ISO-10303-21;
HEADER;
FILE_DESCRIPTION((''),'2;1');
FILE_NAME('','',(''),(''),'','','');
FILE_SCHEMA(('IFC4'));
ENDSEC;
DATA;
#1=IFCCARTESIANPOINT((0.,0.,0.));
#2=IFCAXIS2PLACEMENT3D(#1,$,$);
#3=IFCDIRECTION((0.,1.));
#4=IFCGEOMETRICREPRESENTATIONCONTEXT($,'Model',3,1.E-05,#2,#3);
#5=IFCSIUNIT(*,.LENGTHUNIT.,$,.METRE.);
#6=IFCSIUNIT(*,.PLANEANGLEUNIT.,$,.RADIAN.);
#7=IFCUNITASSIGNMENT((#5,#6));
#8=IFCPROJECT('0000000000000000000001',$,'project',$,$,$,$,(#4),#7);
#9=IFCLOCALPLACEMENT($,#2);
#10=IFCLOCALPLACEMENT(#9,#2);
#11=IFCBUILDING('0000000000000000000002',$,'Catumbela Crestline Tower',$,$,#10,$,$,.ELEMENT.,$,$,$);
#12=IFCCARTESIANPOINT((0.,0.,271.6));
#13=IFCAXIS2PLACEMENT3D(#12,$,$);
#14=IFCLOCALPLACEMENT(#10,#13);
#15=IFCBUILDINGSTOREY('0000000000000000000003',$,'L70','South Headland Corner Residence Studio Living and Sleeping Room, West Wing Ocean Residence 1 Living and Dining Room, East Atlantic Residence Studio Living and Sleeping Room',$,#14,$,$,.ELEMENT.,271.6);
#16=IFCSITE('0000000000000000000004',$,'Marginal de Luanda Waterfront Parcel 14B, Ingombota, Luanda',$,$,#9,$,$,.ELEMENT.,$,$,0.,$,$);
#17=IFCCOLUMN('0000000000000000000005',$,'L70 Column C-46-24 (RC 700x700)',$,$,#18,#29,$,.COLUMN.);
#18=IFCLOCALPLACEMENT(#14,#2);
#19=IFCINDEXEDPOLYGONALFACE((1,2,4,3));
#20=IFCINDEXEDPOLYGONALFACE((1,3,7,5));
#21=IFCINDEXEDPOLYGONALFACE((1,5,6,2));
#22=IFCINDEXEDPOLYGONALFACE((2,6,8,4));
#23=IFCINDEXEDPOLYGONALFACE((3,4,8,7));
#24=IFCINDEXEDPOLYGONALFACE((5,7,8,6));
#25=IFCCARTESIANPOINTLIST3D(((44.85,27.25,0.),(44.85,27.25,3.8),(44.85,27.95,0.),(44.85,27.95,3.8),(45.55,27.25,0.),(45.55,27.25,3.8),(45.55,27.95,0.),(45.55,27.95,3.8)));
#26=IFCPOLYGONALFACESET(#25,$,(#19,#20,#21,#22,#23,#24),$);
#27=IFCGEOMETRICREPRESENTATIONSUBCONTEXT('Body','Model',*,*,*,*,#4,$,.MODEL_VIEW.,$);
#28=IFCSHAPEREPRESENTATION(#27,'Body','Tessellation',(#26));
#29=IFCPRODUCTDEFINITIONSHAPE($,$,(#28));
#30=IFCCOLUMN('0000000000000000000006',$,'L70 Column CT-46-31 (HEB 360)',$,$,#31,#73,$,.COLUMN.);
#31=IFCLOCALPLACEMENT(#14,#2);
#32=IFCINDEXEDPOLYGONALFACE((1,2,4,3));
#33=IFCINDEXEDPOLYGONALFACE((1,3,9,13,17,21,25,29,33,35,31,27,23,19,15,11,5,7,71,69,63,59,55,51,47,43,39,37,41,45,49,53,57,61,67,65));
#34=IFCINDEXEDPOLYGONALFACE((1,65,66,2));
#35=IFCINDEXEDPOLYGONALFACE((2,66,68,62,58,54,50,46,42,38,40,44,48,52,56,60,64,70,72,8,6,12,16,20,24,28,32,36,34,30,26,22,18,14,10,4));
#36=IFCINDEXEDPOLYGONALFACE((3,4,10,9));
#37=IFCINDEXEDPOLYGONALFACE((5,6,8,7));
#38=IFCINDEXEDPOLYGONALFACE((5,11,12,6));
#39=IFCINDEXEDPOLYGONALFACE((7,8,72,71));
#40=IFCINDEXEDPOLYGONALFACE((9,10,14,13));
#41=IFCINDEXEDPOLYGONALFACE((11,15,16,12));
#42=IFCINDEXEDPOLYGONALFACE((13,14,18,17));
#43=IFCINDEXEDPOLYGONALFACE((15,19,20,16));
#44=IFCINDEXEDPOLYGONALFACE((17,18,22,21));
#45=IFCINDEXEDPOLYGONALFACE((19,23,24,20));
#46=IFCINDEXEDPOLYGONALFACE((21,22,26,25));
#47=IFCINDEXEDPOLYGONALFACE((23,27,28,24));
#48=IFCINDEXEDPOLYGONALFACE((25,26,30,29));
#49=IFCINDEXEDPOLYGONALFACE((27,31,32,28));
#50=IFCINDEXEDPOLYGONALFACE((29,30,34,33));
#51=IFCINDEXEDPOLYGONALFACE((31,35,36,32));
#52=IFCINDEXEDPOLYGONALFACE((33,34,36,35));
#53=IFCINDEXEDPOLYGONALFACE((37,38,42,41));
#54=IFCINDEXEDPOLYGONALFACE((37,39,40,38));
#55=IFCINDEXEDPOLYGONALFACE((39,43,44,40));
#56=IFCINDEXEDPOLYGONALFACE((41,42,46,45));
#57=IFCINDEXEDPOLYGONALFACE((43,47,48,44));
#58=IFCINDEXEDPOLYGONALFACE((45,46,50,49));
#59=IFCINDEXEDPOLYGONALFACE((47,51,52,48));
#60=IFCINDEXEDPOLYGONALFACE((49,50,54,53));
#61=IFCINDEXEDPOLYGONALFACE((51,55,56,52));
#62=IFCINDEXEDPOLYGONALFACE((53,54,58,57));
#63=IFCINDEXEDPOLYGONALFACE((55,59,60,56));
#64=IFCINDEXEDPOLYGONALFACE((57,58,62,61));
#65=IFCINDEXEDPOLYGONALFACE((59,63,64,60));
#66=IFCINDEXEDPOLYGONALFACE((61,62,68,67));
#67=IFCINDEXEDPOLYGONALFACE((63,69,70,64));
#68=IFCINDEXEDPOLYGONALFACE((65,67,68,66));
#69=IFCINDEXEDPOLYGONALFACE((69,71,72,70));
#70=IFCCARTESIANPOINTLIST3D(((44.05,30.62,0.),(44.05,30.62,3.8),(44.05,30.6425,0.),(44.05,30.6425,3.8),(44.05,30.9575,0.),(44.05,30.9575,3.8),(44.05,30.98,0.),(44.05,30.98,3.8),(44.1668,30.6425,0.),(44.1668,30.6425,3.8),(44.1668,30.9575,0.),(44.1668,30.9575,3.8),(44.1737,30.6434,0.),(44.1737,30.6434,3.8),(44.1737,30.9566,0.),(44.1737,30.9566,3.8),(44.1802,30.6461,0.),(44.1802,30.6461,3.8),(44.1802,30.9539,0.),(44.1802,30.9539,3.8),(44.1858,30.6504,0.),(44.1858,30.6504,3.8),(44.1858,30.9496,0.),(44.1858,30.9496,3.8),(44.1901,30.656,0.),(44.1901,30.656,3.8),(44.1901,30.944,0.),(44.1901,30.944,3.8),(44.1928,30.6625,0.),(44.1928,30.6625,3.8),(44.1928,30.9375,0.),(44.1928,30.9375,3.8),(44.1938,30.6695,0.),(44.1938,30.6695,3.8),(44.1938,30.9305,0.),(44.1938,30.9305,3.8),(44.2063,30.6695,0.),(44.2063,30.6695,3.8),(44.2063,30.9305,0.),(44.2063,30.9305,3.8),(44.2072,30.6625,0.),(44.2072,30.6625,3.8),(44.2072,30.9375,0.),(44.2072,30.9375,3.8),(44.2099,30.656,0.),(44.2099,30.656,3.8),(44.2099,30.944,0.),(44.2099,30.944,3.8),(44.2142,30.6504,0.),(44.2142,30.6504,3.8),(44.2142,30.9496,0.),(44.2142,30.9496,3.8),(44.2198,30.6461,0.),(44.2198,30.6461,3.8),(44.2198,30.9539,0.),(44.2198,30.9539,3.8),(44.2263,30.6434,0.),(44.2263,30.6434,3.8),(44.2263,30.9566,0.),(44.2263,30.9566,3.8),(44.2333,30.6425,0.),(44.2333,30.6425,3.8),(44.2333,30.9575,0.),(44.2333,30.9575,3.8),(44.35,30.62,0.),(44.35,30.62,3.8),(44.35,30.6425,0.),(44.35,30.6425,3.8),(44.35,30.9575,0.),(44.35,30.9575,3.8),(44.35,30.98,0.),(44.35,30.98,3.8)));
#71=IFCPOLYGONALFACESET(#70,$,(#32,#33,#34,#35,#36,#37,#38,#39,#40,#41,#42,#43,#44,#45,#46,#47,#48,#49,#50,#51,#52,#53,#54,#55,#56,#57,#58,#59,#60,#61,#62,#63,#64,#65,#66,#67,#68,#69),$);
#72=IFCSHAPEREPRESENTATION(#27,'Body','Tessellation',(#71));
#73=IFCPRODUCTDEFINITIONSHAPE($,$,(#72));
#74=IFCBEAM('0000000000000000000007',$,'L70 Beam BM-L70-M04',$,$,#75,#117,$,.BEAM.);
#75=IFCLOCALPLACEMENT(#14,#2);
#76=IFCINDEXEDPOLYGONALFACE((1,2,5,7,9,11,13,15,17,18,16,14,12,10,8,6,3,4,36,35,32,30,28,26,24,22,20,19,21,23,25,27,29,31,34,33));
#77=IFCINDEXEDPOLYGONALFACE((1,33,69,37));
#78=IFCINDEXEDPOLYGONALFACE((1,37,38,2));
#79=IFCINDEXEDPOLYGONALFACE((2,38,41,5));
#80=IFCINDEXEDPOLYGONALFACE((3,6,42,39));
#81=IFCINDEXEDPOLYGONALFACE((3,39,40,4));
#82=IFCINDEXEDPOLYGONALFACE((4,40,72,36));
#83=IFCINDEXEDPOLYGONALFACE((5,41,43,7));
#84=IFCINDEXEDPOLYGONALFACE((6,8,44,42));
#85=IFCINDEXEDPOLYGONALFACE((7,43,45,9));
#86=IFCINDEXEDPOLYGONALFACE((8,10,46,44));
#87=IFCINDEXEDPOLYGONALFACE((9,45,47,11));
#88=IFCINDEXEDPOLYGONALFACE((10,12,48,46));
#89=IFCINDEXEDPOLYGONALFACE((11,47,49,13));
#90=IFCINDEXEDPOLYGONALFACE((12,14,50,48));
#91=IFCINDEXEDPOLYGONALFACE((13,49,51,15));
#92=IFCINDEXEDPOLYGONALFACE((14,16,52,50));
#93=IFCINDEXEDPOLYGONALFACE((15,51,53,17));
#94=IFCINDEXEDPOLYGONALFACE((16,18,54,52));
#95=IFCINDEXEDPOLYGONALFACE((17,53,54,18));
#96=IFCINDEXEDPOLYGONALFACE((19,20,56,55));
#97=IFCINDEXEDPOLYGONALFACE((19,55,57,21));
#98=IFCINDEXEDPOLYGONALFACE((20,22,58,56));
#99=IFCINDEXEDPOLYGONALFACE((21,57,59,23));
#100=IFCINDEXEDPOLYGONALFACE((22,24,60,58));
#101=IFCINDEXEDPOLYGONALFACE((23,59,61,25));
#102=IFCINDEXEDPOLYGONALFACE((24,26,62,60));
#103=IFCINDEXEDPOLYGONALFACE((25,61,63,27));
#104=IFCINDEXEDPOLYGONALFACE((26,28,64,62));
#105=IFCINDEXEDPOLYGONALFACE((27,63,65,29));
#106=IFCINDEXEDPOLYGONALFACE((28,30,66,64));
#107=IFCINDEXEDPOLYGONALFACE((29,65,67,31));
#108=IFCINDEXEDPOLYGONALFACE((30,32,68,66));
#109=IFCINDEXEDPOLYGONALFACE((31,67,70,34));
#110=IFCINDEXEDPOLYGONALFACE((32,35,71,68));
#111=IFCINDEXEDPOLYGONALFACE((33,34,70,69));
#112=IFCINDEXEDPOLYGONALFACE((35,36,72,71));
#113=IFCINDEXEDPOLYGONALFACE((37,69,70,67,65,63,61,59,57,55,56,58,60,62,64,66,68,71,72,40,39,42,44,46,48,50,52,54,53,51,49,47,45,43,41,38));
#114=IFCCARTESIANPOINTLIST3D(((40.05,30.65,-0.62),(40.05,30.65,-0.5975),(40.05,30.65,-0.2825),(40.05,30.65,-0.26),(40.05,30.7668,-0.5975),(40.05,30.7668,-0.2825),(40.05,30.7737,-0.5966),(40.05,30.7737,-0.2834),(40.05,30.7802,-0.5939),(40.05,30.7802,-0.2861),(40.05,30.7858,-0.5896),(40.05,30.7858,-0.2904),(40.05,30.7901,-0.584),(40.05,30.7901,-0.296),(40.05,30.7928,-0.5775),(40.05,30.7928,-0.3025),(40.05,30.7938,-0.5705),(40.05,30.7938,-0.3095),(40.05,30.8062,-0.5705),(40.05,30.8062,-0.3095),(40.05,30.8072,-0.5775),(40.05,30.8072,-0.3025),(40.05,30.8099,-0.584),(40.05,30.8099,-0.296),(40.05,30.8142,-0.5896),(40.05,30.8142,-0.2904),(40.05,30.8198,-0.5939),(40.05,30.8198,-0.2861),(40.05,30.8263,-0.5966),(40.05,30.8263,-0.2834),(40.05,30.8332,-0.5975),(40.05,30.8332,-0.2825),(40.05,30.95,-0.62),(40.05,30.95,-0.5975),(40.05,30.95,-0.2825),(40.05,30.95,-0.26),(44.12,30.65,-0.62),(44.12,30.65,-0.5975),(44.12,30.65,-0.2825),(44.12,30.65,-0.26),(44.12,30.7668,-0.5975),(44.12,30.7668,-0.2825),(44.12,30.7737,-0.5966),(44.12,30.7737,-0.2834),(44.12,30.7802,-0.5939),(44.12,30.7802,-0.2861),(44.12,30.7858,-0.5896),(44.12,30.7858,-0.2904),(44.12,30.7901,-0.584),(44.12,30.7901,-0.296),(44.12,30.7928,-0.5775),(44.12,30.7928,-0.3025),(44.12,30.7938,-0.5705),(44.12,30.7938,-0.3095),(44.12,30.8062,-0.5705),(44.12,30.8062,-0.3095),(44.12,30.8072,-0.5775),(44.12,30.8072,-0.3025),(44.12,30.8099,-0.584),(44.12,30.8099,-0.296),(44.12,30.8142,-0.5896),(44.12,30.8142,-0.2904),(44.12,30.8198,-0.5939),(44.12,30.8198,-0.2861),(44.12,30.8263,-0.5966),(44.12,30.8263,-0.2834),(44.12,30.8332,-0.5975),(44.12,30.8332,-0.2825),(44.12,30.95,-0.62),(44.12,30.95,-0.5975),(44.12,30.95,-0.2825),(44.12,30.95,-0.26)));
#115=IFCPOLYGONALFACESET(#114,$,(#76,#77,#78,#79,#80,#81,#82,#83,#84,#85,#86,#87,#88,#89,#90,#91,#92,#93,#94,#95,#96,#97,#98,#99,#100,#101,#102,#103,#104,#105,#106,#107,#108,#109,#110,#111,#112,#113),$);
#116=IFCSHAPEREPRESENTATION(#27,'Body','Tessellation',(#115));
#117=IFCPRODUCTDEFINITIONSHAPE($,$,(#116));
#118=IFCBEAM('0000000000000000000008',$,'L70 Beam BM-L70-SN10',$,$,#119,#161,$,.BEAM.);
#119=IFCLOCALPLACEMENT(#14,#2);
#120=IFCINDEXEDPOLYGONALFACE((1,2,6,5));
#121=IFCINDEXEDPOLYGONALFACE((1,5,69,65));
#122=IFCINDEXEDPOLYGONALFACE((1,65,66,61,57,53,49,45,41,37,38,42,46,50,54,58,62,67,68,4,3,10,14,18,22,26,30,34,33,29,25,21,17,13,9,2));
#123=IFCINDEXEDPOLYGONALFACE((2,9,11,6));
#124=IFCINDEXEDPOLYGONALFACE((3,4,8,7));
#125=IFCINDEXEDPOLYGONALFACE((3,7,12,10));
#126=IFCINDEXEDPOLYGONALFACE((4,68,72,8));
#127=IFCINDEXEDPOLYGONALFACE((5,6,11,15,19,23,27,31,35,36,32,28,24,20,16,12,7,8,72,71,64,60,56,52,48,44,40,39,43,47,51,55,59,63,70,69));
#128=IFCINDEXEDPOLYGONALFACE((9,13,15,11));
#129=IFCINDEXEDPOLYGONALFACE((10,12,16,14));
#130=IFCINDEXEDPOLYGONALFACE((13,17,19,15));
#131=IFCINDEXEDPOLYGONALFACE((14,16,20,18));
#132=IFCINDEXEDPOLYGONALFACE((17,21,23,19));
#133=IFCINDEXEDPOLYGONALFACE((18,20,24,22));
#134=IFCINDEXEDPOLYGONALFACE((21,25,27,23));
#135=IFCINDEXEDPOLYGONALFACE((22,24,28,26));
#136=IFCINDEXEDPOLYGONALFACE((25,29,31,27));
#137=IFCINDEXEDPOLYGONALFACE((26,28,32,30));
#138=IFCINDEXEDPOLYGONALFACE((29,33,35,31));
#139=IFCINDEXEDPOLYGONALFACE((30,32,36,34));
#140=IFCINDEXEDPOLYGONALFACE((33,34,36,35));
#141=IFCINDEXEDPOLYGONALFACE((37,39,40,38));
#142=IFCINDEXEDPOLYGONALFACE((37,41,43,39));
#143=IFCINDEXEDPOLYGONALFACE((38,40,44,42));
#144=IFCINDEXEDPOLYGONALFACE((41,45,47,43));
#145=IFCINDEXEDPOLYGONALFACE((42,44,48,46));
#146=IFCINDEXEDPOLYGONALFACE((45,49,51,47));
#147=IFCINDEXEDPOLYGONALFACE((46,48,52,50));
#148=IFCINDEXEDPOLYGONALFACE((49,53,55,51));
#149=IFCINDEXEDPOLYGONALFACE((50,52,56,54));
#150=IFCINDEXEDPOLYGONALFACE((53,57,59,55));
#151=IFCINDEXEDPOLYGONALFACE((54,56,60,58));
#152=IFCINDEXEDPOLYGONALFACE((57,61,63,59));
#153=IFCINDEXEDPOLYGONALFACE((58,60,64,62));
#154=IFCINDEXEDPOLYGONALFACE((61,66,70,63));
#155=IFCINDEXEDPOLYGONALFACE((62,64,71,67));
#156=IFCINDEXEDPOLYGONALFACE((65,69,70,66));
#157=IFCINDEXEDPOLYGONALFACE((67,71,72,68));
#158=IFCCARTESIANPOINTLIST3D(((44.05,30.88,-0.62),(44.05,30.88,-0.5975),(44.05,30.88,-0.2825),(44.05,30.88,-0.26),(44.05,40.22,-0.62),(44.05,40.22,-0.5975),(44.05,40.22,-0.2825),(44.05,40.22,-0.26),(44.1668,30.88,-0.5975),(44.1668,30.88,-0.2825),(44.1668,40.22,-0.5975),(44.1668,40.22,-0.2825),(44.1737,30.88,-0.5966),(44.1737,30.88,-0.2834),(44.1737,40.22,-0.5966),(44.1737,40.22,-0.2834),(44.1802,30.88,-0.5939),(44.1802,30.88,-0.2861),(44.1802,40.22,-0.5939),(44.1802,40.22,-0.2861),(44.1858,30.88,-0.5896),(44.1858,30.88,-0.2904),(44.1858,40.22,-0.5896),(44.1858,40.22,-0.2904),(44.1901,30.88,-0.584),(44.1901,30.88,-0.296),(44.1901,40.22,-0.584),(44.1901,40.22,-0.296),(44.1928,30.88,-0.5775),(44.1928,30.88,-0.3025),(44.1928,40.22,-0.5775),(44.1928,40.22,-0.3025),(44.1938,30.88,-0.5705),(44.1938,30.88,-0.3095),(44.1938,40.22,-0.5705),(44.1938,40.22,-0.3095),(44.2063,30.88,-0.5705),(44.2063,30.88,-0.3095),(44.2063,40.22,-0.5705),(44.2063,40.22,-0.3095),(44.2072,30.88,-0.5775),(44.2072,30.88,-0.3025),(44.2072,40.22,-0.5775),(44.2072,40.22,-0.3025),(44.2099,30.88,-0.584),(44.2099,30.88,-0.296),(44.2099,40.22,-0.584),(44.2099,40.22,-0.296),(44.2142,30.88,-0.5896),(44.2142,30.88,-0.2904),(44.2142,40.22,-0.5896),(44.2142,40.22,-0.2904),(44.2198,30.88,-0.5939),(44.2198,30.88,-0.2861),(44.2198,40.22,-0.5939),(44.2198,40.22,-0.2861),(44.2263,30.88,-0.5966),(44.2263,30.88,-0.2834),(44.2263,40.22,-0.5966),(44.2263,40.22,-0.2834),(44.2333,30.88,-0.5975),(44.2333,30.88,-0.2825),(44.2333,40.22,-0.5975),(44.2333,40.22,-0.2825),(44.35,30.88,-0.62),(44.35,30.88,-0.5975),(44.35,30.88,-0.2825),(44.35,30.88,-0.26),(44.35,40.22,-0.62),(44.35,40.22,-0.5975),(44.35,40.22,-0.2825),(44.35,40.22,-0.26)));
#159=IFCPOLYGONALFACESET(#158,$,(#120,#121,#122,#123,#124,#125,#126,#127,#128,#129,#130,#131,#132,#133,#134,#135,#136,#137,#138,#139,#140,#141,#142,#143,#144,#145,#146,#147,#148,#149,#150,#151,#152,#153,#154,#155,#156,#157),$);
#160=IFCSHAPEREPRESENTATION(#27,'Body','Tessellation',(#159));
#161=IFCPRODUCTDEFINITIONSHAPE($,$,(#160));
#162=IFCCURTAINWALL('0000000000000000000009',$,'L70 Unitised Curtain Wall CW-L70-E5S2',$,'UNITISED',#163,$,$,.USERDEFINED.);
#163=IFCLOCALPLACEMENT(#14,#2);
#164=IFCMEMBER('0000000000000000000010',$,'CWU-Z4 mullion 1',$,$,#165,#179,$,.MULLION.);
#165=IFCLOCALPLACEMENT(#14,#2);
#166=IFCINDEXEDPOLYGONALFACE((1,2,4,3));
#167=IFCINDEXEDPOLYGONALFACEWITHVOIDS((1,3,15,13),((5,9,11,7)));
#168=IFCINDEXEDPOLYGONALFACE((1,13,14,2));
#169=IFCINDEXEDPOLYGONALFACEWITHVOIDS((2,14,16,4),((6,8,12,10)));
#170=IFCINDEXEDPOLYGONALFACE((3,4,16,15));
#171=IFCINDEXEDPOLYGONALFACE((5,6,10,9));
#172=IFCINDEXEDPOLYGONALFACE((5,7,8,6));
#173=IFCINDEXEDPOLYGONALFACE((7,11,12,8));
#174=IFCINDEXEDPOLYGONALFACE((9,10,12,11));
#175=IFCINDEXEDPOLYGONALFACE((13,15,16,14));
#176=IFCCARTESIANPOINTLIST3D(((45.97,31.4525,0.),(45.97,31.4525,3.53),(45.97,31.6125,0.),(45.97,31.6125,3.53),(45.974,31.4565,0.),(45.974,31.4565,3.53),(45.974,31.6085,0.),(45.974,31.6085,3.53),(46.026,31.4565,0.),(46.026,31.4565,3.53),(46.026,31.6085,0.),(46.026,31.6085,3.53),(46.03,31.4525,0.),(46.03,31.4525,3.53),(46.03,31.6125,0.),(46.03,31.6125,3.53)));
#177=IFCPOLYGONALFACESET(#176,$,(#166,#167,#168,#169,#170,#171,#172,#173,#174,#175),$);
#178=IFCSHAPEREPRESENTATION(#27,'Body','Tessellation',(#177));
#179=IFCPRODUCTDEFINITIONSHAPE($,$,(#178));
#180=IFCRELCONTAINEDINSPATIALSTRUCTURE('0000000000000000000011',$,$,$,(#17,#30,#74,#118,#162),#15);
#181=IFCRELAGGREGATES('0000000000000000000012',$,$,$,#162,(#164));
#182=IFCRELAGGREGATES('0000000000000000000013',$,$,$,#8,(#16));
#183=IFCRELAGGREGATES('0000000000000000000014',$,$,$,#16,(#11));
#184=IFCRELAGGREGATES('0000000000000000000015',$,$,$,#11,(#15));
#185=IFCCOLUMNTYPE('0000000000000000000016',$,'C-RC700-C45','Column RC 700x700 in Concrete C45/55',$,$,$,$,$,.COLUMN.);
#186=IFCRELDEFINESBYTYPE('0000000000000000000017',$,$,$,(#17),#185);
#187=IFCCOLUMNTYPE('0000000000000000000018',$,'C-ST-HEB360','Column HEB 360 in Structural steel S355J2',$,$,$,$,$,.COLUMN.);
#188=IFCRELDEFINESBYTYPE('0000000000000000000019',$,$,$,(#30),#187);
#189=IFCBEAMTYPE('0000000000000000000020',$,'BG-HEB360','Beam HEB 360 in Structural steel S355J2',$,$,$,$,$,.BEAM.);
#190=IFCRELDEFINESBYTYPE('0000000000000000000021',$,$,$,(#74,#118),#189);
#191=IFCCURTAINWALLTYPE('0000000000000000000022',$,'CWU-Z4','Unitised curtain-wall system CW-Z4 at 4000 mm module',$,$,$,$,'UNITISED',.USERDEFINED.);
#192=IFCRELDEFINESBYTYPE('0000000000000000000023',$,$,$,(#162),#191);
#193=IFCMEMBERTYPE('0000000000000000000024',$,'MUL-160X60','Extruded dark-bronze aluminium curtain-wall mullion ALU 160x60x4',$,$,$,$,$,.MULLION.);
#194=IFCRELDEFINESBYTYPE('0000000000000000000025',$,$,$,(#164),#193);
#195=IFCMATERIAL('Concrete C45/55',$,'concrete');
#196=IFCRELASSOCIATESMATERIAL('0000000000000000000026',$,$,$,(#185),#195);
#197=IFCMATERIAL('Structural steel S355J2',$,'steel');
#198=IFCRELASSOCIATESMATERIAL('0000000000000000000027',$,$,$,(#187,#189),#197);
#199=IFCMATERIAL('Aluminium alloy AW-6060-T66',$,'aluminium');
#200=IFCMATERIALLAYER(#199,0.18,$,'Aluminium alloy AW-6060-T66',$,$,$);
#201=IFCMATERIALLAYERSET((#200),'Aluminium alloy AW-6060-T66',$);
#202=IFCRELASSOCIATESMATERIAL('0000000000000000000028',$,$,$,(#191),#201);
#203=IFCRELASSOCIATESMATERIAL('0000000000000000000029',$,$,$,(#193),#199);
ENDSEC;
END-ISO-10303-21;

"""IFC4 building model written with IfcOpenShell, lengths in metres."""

from ifc_helpers import new_model, si_unit, direction, frame, origin, origin_2d, place, context, subcontext, project, spatial, rectangle, hollow_rectangle, i_section, extrude, material, layer, layer_set, material_profile, profile_set, type_object, element, aggregate, save


model = new_model("IFC4")

# Units and contexts
model_context = context("Model", 3, precision=1e-05, world=origin(), true_north=direction((0.0, 1.0)))
body_context = subcontext(model_context, "Body", "Model", "MODEL_VIEW")
ifc_project = project(units=[si_unit("LENGTHUNIT", "METRE"), si_unit("PLANEANGLEUNIT", "RADIAN")], contexts=[model_context])

# Site, building, storey
site_placement = place(None, origin())
site = spatial("IfcSite", under=ifc_project, at=site_placement, Name="Marginal de Luanda Waterfront Parcel 14B, Ingombota, Luanda", CompositionType="ELEMENT", RefElevation=0.0)
building_placement = place(site_placement, origin())
building = spatial("IfcBuilding", under=site, at=building_placement, Name="Catumbela Crestline Tower", CompositionType="ELEMENT")
storey_placement = place(building_placement, frame((0.0, 0.0, 271.6)))
storey = spatial("IfcBuildingStorey", under=building, at=storey_placement, Name="L70", Description="South Headland Corner Residence Studio Living and Sleeping Room, West Wing Ocean Residence 1 Living and Dining Room, East Atlantic Residence Studio Living and Sleeping Room", CompositionType="ELEMENT", Elevation=271.6)

# Columns
ifc_material_1 = material(Name="Concrete C45/55", Category="concrete")
ifc_material_profile_1 = material_profile(ifc_material_1, rectangle(XDim=0.7, YDim=0.7, at=origin_2d()), Name="RC 700x700")
ifc_profile_set_1 = profile_set([ifc_material_profile_1], Name="Concrete C45/55")
column_type_1 = type_object("IfcColumnType", Name="C-RC700-C45", Description="Column RC 700x700 in Concrete C45/55", PredefinedType="COLUMN", material=ifc_profile_set_1)
column_1_placement = place(storey_placement, frame((45.2, 27.6, 0.0), z_axis=(0.0, 0.0, 1.0), x_axis=(1.0, 0.0, 0.0)))
element("IfcColumn", 1, at=column_1_placement, inside=storey, type_object=column_type_1, Name="L70 Column C-46-24 (RC 700x700)", PredefinedType="COLUMN", context=body_context, shape_type="SweptSolid", body=[
    extrude(rectangle(XDim=0.7, YDim=0.7, at=origin_2d()), origin(), (0.0, 0.0, 1.0), 3.8),
])
ifc_material_2 = material(Name="Structural steel S355J2", Category="steel")
ifc_material_profile_2 = material_profile(ifc_material_2, i_section(OverallWidth=0.3, OverallDepth=0.36, WebThickness=0.0125, FlangeThickness=0.0225, FilletRadius=0.027, at=origin_2d()), Name="HEB 360")
ifc_profile_set_2 = profile_set([ifc_material_profile_2], Name="Structural steel S355J2")
column_type_2 = type_object("IfcColumnType", Name="C-ST-HEB360", Description="Column HEB 360 in Structural steel S355J2", PredefinedType="COLUMN", material=ifc_profile_set_2)
column_2_placement = place(storey_placement, frame((44.2, 30.8, 0.0), z_axis=(0.0, 0.0, 1.0), x_axis=(1.0, 0.0, 0.0)))
element("IfcColumn", 2, at=column_2_placement, inside=storey, type_object=column_type_2, Name="L70 Column CT-46-31 (HEB 360)", PredefinedType="COLUMN", context=body_context, shape_type="SweptSolid", body=[
    extrude(i_section(OverallWidth=0.3, OverallDepth=0.36, WebThickness=0.0125, FlangeThickness=0.0225, FilletRadius=0.027, at=origin_2d()), origin(), (0.0, 0.0, 1.0), 3.8),
])

# Beams
ifc_material_profile_3 = material_profile(ifc_material_2, i_section(OverallWidth=0.3, OverallDepth=0.36, WebThickness=0.0125, FlangeThickness=0.0225, FilletRadius=0.027, at=origin_2d()), Name="HEB 360")
ifc_profile_set_3 = profile_set([ifc_material_profile_3], Name="Structural steel S355J2")
beam_type_1 = type_object("IfcBeamType", Name="BG-HEB360", Description="Beam HEB 360 in Structural steel S355J2", PredefinedType="BEAM", material=ifc_profile_set_3)
beam_1_placement = place(storey_placement, frame((40.05, 30.8, -0.44), z_axis=(1.0, 0.0, 0.0), x_axis=(0.0, 1.0, 0.0)))
element("IfcBeam", 3, at=beam_1_placement, inside=storey, type_object=beam_type_1, Name="L70 Beam BM-L70-M04", PredefinedType="BEAM", context=body_context, shape_type="SweptSolid", body=[
    extrude(i_section(OverallWidth=0.3, OverallDepth=0.36, WebThickness=0.0125, FlangeThickness=0.0225, FilletRadius=0.027, at=origin_2d()), origin(), (0.0, 0.0, 1.0), 4.07),
])
beam_2_placement = place(storey_placement, frame((44.2, 30.88, -0.44), z_axis=(0.0, 1.0, 0.0), x_axis=(-1.0, 0.0, 0.0)))
element("IfcBeam", 4, at=beam_2_placement, inside=storey, type_object=beam_type_1, Name="L70 Beam BM-L70-SN10", PredefinedType="BEAM", context=body_context, shape_type="SweptSolid", body=[
    extrude(i_section(OverallWidth=0.3, OverallDepth=0.36, WebThickness=0.0125, FlangeThickness=0.0225, FilletRadius=0.027, at=origin_2d()), origin(), (0.0, 0.0, 1.0), 9.34),
])

# Curtain wall, member
ifc_material_3 = material(Name="Aluminium alloy AW-6060-T66", Category="aluminium")
ifc_layer_1 = layer(ifc_material_3, 0.18, Name="Aluminium alloy AW-6060-T66")
ifc_layer_set_1 = layer_set([ifc_layer_1], Name="Aluminium alloy AW-6060-T66")
curtain_wall_type = type_object("IfcCurtainWallType", Name="CWU-Z4", Description="Unitised curtain-wall system CW-Z4 at 4000 mm module", ElementType="UNITISED", PredefinedType="USERDEFINED", material=ifc_layer_set_1)
curtain_wall_placement = place(storey_placement, origin())
curtain_wall = element("IfcCurtainWall", 5, at=curtain_wall_placement, inside=storey, type_object=curtain_wall_type, Name="L70 Unitised Curtain Wall CW-L70-E5S2", ObjectType="UNITISED", PredefinedType="USERDEFINED")
ifc_material_profile_4 = material_profile(ifc_material_3, hollow_rectangle(XDim=0.06, YDim=0.16, WallThickness=0.004, at=origin_2d()), Name="ALU 160x60x4")
ifc_profile_set_4 = profile_set([ifc_material_profile_4], Name="Aluminium alloy AW-6060-T66")
member_type_1 = type_object("IfcMemberType", Name="MUL-160X60", Description="Extruded dark-bronze aluminium curtain-wall mullion ALU 160x60x4", PredefinedType="MULLION", material=ifc_profile_set_4)
member_1_placement = place(storey_placement, frame((46.0, 31.5325, 0.0), z_axis=(0.0, 0.0, 1.0), x_axis=(-1.0, 0.0, 0.0)))
member_1 = element("IfcMember", 6, at=member_1_placement, type_object=member_type_1, Name="CWU-Z4 mullion 1", PredefinedType="MULLION", context=body_context, shape_type="SweptSolid", body=[
    extrude(hollow_rectangle(XDim=0.06, YDim=0.16, WallThickness=0.004, at=origin_2d()), origin(), (0.0, 0.0, 1.0), 3.53),
])

aggregate(curtain_wall, [member_1])

save(model, "model.ifc")
